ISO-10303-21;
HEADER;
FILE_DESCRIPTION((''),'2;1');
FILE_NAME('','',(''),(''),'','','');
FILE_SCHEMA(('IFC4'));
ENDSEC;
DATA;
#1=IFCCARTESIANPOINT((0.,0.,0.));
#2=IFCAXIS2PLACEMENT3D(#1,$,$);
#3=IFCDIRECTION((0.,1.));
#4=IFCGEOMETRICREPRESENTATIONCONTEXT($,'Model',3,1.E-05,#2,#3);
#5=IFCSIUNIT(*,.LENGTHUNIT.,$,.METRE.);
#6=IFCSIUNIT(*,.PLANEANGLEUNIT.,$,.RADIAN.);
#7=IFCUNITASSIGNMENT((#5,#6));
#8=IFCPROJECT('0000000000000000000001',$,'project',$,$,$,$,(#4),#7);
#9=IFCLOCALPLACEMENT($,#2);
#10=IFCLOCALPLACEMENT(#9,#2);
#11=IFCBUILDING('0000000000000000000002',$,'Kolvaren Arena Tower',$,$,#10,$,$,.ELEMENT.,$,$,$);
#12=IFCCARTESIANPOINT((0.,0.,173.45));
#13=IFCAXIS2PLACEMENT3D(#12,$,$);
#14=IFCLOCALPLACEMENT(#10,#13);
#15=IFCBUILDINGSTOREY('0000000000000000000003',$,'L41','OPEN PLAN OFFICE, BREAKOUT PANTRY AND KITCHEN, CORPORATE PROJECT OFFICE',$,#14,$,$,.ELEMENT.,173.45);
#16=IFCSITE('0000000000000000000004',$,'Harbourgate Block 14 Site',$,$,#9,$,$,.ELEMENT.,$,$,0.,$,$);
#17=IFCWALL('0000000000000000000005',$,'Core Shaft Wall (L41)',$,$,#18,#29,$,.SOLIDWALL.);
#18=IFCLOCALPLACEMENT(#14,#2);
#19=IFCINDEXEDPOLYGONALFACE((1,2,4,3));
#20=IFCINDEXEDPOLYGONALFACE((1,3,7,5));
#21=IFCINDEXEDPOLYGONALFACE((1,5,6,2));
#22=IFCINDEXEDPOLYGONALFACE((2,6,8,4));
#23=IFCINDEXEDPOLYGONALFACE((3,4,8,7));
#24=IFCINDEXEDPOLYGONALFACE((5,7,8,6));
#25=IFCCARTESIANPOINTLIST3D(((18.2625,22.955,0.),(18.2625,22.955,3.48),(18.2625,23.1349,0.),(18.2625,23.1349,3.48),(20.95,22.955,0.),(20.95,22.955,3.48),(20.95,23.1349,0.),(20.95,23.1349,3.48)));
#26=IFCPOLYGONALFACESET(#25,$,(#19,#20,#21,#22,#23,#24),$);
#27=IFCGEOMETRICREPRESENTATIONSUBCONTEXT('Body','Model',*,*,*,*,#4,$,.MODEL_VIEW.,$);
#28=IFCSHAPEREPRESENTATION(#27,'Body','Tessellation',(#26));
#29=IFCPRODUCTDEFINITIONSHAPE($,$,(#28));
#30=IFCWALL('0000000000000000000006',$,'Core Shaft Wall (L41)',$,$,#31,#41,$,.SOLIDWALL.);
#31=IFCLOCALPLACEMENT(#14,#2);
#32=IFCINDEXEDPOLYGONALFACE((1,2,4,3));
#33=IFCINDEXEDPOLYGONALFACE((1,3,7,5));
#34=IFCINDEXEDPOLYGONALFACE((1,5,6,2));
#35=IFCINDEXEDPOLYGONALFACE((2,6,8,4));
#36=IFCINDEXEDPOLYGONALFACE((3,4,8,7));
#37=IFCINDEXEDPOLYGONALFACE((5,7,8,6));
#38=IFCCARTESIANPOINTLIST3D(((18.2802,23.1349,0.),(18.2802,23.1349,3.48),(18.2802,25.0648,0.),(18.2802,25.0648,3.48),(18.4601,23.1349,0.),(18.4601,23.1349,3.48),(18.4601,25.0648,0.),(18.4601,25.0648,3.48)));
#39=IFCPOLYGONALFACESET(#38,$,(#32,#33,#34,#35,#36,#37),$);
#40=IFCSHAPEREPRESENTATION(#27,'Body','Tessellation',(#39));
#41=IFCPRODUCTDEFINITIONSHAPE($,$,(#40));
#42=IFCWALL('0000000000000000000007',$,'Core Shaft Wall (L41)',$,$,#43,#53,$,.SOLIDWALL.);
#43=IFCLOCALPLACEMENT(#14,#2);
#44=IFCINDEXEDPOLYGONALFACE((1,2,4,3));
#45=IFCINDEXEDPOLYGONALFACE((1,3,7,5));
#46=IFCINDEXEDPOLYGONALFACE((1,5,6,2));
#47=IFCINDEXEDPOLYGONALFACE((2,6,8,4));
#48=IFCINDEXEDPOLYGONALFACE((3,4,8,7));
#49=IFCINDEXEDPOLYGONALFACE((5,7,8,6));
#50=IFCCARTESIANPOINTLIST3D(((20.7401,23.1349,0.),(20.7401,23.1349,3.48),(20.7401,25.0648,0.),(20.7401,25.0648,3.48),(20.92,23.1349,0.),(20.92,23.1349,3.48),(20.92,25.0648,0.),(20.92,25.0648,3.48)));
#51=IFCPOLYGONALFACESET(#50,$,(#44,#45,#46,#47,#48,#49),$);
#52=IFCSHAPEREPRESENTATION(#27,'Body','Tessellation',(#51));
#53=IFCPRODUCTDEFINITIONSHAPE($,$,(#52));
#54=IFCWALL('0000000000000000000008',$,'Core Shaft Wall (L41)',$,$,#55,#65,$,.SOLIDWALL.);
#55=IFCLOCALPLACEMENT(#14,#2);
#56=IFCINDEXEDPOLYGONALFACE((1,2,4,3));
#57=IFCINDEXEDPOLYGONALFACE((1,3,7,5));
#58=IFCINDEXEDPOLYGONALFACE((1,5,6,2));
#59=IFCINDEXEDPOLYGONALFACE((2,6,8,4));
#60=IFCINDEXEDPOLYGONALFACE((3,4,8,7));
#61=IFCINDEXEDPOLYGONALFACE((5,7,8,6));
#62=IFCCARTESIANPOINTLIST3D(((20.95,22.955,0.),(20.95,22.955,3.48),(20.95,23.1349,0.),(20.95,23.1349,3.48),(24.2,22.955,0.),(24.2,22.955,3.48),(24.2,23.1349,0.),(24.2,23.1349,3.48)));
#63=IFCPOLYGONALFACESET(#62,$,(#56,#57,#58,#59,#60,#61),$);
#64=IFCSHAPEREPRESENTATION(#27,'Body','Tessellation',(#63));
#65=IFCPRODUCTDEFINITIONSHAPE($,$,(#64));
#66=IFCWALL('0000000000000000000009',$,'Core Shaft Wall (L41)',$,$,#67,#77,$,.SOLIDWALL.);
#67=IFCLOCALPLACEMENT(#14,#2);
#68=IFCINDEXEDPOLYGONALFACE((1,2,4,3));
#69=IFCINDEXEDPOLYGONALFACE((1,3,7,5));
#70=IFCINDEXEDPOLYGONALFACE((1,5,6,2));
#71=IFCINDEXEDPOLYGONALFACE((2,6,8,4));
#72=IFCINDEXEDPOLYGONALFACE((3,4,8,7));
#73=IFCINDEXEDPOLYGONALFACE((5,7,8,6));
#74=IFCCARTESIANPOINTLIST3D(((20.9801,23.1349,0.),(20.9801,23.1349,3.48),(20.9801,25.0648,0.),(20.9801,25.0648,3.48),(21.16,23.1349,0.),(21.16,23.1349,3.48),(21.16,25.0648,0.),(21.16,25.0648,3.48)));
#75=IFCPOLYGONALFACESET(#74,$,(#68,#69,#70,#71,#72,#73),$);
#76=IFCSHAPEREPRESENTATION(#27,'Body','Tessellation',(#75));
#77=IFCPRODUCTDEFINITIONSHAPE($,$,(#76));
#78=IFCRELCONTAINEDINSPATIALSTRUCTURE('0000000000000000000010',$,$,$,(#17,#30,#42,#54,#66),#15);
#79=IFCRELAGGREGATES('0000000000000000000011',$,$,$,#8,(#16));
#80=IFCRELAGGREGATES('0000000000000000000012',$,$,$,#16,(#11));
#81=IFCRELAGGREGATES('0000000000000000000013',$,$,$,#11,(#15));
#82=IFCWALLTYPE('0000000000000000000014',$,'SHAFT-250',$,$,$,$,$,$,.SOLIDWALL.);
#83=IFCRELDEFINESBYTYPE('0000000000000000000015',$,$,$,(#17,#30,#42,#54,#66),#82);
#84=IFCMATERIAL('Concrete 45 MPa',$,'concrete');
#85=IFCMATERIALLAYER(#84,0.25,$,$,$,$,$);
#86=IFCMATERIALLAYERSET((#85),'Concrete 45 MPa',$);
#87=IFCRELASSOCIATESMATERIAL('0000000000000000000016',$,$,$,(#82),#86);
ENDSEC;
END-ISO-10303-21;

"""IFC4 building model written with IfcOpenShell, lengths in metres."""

from ifc_helpers import new_model, si_unit, direction, frame, frame_2d, origin, place, context, subcontext, project, spatial, rectangle, extrude, material, layer, layer_set, type_object, element, save


model = new_model("IFC4")

# Units and contexts
model_context = context("Model", 3, precision=1e-05, world=origin(), true_north=direction((0.0, 1.0)))
body_context = subcontext(model_context, "Body", "Model", "MODEL_VIEW")
ifc_project = project(units=[si_unit("LENGTHUNIT", "METRE"), si_unit("PLANEANGLEUNIT", "RADIAN")], contexts=[model_context])

# Site, building, storey
site_placement = place(None, origin())
site = spatial("IfcSite", under=ifc_project, at=site_placement, Name="Harbourgate Block 14 Site", CompositionType="ELEMENT", RefElevation=0.0)
building_placement = place(site_placement, origin())
building = spatial("IfcBuilding", under=site, at=building_placement, Name="Kolvaren Arena Tower", CompositionType="ELEMENT")
storey_placement = place(building_placement, frame((0.0, 0.0, 173.45)))
storey = spatial("IfcBuildingStorey", under=building, at=storey_placement, Name="L41", Description="OPEN PLAN OFFICE, BREAKOUT PANTRY AND KITCHEN, CORPORATE PROJECT OFFICE", CompositionType="ELEMENT", Elevation=173.45)

# Shared definitions
ifc_material_1 = material(Name="Concrete 45 MPa", Category="concrete")
ifc_layer_1 = layer(ifc_material_1, 0.25)
ifc_layer_set_1 = layer_set([ifc_layer_1], Name="Concrete 45 MPa")
wall_type_1 = type_object("IfcWallType", Name="SHAFT-250", PredefinedType="SOLIDWALL", material=ifc_layer_set_1)

# Walls
wall_1_placement = place(storey_placement, frame((18.2625, 23.0449, 0.0), z_axis=(0.0, 0.0, 1.0), x_axis=(1.0, 0.0, 0.0)))
element("IfcWall", 1, at=wall_1_placement, inside=storey, type_object=wall_type_1, Name="Core Shaft Wall (L41)", PredefinedType="SOLIDWALL", context=body_context, shape_type="SweptSolid", body=[
    extrude(rectangle(XDim=2.6875, YDim=0.1799, at=frame_2d((1.3438, 0.0))), origin(), (0.0, 0.0, 1.0), 3.48),
])
for number, where, z_axis, x_axis, name in (
    (2, (18.3701, 23.135, 0.0), (0.0, 0.0, 1.0), (0.0, 1.0, 0.0), "Core Shaft Wall (L41)"),
    (3, (20.8301, 23.135, 0.0), (0.0, 0.0, 1.0), (0.0, 1.0, 0.0), "Core Shaft Wall (L41)"),
):
    element("IfcWall", number, at=place(storey_placement, frame(where, z_axis=z_axis, x_axis=x_axis)), inside=storey, type_object=wall_type_1, Name=name, PredefinedType="SOLIDWALL", context=body_context, shape_type="SweptSolid", body=[
        extrude(rectangle(XDim=1.9299, YDim=0.1799, at=frame_2d((0.9648, 0.0))), origin(), (0.0, 0.0, 1.0), 3.48),
    ])
wall_2_placement = place(storey_placement, frame((20.95, 23.0449, 0.0), z_axis=(0.0, 0.0, 1.0), x_axis=(1.0, 0.0, 0.0)))
element("IfcWall", 4, at=wall_2_placement, inside=storey, type_object=wall_type_1, Name="Core Shaft Wall (L41)", PredefinedType="SOLIDWALL", context=body_context, shape_type="SweptSolid", body=[
    extrude(rectangle(XDim=3.25, YDim=0.1799, at=frame_2d((1.625, 0.0))), origin(), (0.0, 0.0, 1.0), 3.48),
])
wall_3_placement = place(storey_placement, frame((21.0701, 23.135, 0.0), z_axis=(0.0, 0.0, 1.0), x_axis=(0.0, 1.0, 0.0)))
element("IfcWall", 5, at=wall_3_placement, inside=storey, type_object=wall_type_1, Name="Core Shaft Wall (L41)", PredefinedType="SOLIDWALL", context=body_context, shape_type="SweptSolid", body=[
    extrude(rectangle(XDim=1.9299, YDim=0.1799, at=frame_2d((0.9648, 0.0))), origin(), (0.0, 0.0, 1.0), 3.48),
])

save(model, "model.ifc")
